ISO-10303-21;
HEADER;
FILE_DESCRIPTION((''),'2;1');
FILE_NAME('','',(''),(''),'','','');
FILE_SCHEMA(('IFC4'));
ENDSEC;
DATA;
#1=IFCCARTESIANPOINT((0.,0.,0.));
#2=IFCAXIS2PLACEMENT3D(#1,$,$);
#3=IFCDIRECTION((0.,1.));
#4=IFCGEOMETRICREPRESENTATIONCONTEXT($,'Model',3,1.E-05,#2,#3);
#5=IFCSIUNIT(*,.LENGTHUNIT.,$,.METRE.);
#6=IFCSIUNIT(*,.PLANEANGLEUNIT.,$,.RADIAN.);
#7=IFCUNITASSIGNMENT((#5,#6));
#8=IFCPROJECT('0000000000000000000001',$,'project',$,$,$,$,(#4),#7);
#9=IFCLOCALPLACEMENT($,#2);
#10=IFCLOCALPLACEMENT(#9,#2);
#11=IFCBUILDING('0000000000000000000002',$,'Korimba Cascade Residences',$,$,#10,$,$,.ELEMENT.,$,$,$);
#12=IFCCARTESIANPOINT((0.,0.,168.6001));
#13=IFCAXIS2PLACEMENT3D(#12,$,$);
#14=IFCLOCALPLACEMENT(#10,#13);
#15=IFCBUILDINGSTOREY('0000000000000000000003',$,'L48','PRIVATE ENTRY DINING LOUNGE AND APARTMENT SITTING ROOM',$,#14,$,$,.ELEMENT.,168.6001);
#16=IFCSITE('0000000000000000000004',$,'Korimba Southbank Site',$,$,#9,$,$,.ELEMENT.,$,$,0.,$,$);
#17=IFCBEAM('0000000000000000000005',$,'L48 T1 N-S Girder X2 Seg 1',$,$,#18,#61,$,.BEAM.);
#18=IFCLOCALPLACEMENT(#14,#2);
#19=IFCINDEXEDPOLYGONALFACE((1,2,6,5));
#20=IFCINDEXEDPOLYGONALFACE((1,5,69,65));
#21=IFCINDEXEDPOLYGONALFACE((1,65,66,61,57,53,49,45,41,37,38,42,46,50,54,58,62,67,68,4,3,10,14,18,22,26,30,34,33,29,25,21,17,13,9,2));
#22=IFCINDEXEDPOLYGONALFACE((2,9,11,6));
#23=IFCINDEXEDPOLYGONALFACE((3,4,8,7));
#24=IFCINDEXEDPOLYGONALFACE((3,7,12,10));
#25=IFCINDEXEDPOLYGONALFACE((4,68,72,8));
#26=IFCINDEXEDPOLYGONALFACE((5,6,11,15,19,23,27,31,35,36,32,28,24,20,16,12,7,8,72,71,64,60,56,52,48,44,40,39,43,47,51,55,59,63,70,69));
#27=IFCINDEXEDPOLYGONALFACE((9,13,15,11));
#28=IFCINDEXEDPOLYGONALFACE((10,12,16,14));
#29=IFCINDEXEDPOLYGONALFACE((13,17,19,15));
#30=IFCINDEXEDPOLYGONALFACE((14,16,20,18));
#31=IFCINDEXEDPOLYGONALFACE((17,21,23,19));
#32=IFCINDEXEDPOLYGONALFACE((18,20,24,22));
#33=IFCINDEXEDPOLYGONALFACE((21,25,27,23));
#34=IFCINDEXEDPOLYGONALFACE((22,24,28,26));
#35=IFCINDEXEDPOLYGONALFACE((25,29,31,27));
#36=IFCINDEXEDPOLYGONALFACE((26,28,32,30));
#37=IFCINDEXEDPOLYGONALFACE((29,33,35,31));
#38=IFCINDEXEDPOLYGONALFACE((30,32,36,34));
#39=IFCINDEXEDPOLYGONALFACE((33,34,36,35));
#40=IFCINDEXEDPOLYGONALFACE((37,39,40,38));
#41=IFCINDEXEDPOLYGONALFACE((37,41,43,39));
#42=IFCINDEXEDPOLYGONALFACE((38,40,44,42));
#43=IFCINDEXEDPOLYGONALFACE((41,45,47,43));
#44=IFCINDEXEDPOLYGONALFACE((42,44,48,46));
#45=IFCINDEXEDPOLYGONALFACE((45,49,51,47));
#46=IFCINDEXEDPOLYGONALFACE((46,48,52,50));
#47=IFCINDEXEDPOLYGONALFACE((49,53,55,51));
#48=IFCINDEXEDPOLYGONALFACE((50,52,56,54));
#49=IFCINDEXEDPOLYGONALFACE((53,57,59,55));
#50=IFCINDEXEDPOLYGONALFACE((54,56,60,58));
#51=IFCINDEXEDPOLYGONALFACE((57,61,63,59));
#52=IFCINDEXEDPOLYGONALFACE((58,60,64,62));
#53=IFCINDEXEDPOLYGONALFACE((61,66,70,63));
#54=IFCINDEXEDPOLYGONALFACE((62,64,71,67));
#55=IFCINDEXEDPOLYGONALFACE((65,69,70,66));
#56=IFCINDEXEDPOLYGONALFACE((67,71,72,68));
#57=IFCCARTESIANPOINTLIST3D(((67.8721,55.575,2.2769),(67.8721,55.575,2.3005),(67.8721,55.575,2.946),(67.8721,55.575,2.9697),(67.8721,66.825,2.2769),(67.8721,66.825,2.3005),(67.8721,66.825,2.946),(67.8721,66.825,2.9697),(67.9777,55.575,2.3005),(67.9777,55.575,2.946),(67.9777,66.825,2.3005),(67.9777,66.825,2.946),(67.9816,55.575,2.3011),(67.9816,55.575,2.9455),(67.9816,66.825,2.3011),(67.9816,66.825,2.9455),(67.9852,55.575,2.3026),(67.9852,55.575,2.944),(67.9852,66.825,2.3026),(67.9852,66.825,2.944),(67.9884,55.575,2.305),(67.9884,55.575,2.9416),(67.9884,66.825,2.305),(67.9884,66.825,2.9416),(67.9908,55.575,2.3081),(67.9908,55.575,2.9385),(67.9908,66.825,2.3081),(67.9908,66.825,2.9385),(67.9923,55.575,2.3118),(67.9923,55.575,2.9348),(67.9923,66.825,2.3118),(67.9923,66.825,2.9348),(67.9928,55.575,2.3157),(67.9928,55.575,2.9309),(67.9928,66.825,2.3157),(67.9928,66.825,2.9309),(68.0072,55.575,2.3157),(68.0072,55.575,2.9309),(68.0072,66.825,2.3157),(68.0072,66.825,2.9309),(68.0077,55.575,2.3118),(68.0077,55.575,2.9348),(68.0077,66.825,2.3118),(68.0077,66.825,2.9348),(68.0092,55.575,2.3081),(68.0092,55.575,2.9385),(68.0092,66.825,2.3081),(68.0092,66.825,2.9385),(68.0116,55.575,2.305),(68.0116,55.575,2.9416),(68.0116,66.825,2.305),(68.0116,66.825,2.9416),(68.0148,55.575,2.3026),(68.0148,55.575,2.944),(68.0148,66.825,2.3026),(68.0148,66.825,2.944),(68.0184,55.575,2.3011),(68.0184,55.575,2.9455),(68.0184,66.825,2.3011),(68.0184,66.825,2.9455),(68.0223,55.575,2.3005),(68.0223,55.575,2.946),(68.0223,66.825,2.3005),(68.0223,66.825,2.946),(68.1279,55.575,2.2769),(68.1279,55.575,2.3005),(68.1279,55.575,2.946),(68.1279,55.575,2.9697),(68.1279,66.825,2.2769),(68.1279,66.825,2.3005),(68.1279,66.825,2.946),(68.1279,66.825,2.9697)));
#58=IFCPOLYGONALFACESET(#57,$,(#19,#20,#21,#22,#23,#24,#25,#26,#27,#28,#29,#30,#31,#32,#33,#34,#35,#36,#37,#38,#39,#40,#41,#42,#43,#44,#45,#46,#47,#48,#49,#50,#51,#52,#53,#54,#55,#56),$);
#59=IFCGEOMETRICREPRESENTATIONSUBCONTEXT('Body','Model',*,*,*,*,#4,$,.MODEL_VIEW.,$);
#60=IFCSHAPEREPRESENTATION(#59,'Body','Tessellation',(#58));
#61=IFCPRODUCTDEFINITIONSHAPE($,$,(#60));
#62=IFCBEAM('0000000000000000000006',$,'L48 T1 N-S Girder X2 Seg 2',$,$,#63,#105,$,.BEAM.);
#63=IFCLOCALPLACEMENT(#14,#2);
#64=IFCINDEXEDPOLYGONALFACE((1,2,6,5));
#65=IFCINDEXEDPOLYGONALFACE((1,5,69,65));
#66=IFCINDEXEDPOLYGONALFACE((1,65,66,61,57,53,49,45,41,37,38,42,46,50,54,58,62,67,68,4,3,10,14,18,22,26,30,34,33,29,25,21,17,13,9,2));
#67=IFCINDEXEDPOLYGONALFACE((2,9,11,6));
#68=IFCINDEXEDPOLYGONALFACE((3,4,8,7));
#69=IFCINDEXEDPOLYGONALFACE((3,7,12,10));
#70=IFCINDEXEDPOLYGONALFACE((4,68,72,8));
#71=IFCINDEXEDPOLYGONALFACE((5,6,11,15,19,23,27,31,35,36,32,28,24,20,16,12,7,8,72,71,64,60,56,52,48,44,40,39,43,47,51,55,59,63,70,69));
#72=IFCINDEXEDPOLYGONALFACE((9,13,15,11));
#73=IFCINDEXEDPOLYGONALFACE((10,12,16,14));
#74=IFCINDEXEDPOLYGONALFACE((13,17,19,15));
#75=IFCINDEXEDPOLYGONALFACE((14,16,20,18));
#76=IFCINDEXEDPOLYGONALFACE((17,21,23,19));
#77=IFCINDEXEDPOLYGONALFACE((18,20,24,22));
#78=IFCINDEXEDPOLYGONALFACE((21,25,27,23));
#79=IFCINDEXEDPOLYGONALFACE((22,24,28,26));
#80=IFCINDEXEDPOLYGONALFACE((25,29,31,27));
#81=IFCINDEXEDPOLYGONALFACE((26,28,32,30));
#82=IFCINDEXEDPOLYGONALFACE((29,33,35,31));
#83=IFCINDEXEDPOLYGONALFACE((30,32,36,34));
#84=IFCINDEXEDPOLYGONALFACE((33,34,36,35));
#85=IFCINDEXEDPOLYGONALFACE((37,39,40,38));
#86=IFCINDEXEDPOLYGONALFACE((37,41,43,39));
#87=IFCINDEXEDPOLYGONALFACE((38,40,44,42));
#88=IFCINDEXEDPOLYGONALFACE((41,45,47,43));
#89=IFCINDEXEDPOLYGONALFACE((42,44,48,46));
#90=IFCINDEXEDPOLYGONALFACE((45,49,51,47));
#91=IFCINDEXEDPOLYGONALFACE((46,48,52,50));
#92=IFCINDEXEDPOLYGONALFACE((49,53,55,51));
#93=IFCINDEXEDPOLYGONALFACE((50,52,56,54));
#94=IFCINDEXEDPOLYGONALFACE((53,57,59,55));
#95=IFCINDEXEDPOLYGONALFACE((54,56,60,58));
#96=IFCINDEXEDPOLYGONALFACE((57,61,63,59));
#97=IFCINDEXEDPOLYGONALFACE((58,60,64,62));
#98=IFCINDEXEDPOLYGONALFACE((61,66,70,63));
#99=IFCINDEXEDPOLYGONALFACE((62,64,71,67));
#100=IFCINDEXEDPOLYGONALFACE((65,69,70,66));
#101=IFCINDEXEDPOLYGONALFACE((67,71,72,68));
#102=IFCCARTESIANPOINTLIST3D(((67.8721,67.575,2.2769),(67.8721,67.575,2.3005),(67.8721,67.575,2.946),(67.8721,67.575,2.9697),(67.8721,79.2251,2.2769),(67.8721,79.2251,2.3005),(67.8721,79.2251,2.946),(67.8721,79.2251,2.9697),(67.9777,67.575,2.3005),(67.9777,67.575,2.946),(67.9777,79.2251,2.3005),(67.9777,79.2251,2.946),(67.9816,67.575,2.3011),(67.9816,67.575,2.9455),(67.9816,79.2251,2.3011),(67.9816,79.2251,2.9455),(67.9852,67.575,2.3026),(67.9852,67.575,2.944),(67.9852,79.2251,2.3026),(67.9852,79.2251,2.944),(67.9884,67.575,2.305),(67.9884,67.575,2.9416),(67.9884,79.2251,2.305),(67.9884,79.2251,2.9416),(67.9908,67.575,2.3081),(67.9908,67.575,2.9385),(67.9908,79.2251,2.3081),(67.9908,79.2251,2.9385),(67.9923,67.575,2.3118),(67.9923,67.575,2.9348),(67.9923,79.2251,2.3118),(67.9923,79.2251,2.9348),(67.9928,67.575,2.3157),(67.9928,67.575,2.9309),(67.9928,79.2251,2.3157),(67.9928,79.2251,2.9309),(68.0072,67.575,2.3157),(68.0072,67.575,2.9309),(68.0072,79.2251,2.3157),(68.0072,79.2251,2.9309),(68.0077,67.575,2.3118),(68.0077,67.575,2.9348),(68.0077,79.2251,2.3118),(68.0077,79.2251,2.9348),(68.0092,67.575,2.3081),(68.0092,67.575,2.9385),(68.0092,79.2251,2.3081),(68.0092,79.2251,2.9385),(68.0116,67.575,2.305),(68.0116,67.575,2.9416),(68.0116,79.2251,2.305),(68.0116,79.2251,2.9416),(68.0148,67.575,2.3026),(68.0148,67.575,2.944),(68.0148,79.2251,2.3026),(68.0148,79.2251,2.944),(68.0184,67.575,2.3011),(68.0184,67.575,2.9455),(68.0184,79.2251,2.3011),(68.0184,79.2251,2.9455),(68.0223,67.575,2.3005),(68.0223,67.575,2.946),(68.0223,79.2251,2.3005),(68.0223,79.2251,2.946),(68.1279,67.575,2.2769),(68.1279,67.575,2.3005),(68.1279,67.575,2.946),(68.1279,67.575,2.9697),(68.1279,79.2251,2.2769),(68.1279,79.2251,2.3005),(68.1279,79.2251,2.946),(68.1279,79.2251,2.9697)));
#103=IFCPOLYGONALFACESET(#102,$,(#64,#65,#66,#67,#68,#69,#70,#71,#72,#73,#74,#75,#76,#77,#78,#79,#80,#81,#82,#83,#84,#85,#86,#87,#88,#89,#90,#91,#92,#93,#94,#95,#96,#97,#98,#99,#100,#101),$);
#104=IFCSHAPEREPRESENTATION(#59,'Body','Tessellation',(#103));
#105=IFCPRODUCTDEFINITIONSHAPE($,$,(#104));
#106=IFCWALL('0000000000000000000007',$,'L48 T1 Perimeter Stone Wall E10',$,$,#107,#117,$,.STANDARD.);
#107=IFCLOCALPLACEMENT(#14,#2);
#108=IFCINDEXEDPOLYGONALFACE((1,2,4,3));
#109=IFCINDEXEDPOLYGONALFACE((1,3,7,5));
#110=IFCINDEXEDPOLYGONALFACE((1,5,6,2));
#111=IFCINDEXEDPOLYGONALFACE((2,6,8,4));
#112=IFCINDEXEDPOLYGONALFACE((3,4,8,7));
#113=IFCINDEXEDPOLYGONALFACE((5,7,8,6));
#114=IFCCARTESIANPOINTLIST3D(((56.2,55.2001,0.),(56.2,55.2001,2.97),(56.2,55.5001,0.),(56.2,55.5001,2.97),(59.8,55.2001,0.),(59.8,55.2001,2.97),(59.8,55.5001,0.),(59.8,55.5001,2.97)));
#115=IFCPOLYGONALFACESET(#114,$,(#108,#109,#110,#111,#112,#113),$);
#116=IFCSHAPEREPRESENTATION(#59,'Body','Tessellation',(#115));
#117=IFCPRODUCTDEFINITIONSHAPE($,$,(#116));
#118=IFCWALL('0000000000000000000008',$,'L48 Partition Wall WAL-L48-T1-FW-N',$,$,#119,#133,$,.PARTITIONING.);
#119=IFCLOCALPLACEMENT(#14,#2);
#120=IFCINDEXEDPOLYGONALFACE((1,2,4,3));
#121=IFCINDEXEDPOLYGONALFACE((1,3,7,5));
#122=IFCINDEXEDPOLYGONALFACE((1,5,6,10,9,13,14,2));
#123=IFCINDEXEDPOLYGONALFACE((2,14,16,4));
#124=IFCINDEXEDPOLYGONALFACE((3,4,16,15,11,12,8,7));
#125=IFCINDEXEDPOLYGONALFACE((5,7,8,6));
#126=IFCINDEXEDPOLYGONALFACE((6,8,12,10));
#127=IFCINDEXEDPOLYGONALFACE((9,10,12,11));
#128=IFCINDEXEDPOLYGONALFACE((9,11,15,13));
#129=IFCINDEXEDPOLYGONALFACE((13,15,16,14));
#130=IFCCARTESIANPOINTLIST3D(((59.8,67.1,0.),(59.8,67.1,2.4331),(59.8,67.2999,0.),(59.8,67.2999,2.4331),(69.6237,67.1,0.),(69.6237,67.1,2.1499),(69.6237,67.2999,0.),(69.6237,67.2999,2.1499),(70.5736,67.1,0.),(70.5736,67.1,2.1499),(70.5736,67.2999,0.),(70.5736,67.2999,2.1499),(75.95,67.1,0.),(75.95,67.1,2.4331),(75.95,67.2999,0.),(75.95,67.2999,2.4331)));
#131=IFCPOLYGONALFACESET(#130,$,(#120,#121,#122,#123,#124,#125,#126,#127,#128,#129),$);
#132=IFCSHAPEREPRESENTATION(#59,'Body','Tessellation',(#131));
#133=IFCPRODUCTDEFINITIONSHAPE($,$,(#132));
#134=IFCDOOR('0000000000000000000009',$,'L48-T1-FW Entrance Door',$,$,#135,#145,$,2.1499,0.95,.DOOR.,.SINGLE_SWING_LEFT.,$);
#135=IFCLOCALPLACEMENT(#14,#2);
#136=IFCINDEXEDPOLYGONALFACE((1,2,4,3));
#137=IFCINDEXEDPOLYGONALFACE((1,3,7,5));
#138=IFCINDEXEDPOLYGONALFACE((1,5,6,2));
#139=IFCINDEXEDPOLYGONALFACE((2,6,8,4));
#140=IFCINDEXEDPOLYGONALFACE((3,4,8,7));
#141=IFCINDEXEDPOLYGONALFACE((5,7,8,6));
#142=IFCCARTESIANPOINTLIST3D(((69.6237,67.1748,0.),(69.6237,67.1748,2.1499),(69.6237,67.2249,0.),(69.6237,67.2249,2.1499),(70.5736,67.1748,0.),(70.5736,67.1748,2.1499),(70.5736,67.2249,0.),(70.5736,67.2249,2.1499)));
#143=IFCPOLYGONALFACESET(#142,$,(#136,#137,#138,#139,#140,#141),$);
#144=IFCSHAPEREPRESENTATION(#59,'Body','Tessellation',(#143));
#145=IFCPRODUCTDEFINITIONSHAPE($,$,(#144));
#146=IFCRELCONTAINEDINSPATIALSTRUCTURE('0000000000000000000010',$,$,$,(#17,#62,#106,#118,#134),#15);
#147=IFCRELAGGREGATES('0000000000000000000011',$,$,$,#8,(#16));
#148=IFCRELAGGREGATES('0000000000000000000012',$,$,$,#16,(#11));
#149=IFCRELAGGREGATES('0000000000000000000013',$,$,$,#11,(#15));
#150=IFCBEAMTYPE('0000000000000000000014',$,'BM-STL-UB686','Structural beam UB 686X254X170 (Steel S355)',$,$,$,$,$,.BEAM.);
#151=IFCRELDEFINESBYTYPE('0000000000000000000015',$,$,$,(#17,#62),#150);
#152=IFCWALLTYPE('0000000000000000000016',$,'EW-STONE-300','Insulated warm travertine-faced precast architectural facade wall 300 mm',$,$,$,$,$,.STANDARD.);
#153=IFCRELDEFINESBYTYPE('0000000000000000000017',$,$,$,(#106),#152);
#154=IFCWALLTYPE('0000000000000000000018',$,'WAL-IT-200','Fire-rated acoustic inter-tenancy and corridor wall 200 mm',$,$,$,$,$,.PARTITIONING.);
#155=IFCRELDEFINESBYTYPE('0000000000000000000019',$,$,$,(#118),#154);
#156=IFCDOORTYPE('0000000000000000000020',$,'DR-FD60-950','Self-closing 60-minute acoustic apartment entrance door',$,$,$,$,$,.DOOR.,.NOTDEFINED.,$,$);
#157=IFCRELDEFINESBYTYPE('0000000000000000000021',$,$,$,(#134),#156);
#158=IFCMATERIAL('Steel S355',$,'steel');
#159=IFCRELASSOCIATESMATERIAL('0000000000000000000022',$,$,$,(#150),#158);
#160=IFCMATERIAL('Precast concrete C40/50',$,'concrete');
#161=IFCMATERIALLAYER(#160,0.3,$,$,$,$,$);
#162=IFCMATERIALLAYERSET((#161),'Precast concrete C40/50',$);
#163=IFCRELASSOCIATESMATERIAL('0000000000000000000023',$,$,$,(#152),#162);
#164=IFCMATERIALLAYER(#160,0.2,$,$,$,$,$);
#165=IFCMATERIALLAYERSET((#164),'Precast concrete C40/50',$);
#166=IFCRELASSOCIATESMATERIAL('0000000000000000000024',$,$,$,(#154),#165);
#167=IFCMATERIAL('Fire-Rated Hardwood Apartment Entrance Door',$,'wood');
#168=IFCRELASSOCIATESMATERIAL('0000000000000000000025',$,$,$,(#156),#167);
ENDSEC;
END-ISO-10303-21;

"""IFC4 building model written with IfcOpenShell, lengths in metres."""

from ifc_helpers import new_model, si_unit, direction, frame, frame_2d, origin, origin_2d, place, context, subcontext, project, spatial, rectangle, i_section, extrude, material, layer, layer_set, material_profile, profile_set, type_object, element, fill, save


model = new_model("IFC4")

# Units and contexts
model_context = context("Model", 3, precision=1e-05, world=origin(), true_north=direction((0.0, 1.0)))
body_context = subcontext(model_context, "Body", "Model", "MODEL_VIEW")
ifc_project = project(units=[si_unit("LENGTHUNIT", "METRE"), si_unit("PLANEANGLEUNIT", "RADIAN")], contexts=[model_context])

# Site, building, storey
site_placement = place(None, origin())
site = spatial("IfcSite", under=ifc_project, at=site_placement, Name="Korimba Southbank Site", CompositionType="ELEMENT", RefElevation=0.0)
building_placement = place(site_placement, origin())
building = spatial("IfcBuilding", under=site, at=building_placement, Name="Korimba Cascade Residences", CompositionType="ELEMENT")
storey_placement = place(building_placement, frame((0.0, 0.0, 168.6001)))
storey = spatial("IfcBuildingStorey", under=building, at=storey_placement, Name="L48", Description="PRIVATE ENTRY DINING LOUNGE AND APARTMENT SITTING ROOM", CompositionType="ELEMENT", Elevation=168.6001)

# Beams
ifc_material_1 = material(Name="Steel S355", Category="steel")
ifc_material_profile_1 = material_profile(ifc_material_1, i_section(OverallWidth=0.2559, OverallDepth=0.6929, WebThickness=0.0144, FlangeThickness=0.0237, FilletRadius=0.0151, at=origin_2d()), Name="Steel S355")
ifc_profile_set_1 = profile_set([ifc_material_profile_1], Name="Steel S355")
beam_type_1 = type_object("IfcBeamType", Name="BM-STL-UB686", Description="Structural beam UB 686X254X170 (Steel S355)", PredefinedType="BEAM", material=ifc_profile_set_1)
beam_1_placement = place(storey_placement, frame((68.0, 55.575, 2.6233), z_axis=(0.0, 1.0, 0.0), x_axis=(-1.0, 0.0, 0.0)))
element("IfcBeam", 1, at=beam_1_placement, inside=storey, type_object=beam_type_1, Name="L48 T1 N-S Girder X2 Seg 1", PredefinedType="BEAM", context=body_context, shape_type="SweptSolid", body=[
    extrude(i_section(OverallWidth=0.2559, OverallDepth=0.6929, WebThickness=0.0144, FlangeThickness=0.0237, FilletRadius=0.0151, at=origin_2d()), origin(), (0.0, 0.0, 1.0), 11.25),
])
beam_2_placement = place(storey_placement, frame((68.0, 67.575, 2.6233), z_axis=(0.0, 1.0, 0.0), x_axis=(-1.0, 0.0, 0.0)))
element("IfcBeam", 2, at=beam_2_placement, inside=storey, type_object=beam_type_1, Name="L48 T1 N-S Girder X2 Seg 2", PredefinedType="BEAM", context=body_context, shape_type="SweptSolid", body=[
    extrude(i_section(OverallWidth=0.2559, OverallDepth=0.6929, WebThickness=0.0144, FlangeThickness=0.0237, FilletRadius=0.0151, at=origin_2d()), origin(), (0.0, 0.0, 1.0), 11.6501),
])

# Wall
ifc_material_2 = material(Name="Precast concrete C40/50", Category="concrete")
ifc_layer_1 = layer(ifc_material_2, 0.3)
ifc_layer_set_1 = layer_set([ifc_layer_1], Name="Precast concrete C40/50")
wall_type_1 = type_object("IfcWallType", Name="EW-STONE-300", Description="Insulated warm travertine-faced precast architectural facade wall 300 mm", PredefinedType="STANDARD", material=ifc_layer_set_1)
wall_1_placement = place(storey_placement, frame((56.2, 55.3501, 0.0), z_axis=(0.0, 0.0, 1.0), x_axis=(1.0, 0.0, 0.0)))
element("IfcWall", 3, at=wall_1_placement, inside=storey, type_object=wall_type_1, Name="L48 T1 Perimeter Stone Wall E10", PredefinedType="STANDARD", context=body_context, shape_type="SweptSolid", body=[
    extrude(rectangle(XDim=3.6001, YDim=0.3, at=frame_2d((1.8, 0.0))), origin(), (0.0, 0.0, 1.0), 2.97),
])

# Wall, opening, door
ifc_layer_2 = layer(ifc_material_2, 0.2)
ifc_layer_set_2 = layer_set([ifc_layer_2], Name="Precast concrete C40/50")
wall_type_2 = type_object("IfcWallType", Name="WAL-IT-200", Description="Fire-rated acoustic inter-tenancy and corridor wall 200 mm", PredefinedType="PARTITIONING", material=ifc_layer_set_2)
wall_2_placement = place(storey_placement, frame((59.8, 67.2, 0.0), z_axis=(0.0, 0.0, 1.0), x_axis=(1.0, 0.0, 0.0)))
wall_2 = element("IfcWall", 4, at=wall_2_placement, inside=storey, type_object=wall_type_2, Name="L48 Partition Wall WAL-L48-T1-FW-N", PredefinedType="PARTITIONING", context=body_context, shape_type="SweptSolid", body=[
    extrude(rectangle(XDim=16.1499, YDim=0.2, at=frame_2d((8.075, 0.0))), origin(), (0.0, 0.0, 1.0), 2.4331),
])
opening_1_placement = place(wall_2_placement, frame((9.8235, 0.0, 0.0)))
opening_1 = element("IfcOpeningElement", 5, at=opening_1_placement, cuts=wall_2, PredefinedType="OPENING", context=body_context, shape_type="SweptSolid", body=[
    extrude(rectangle(XDim=0.95, YDim=2.1499, at=frame_2d((0.4751, 1.075))), frame((0.0, 0.1099, 0.0), z_axis=(0.0, -1.0, 0.0), x_axis=(1.0, 0.0, 0.0)), (0.0, 0.0, 1.0), 0.22),
])
ifc_material_3 = material(Name="Fire-Rated Hardwood Apartment Entrance Door", Category="wood")
door_type_1 = type_object("IfcDoorType", Name="DR-FD60-950", Description="Self-closing 60-minute acoustic apartment entrance door", OperationType="NOTDEFINED", PredefinedType="DOOR", material=ifc_material_3)
door_1_placement = place(opening_1_placement, origin())
door_1 = element("IfcDoor", 6, at=door_1_placement, inside=storey, type_object=door_type_1, Name="L48-T1-FW Entrance Door", OperationType="SINGLE_SWING_LEFT", OverallHeight=2.1499, OverallWidth=0.95, PredefinedType="DOOR", context=body_context, shape_type="SweptSolid", body=[
    extrude(rectangle(XDim=0.95, YDim=2.1499, at=frame_2d((0.4751, 1.075))), frame((0.0, 0.0249, 0.0), z_axis=(0.0, -1.0, 0.0), x_axis=(1.0, 0.0, 0.0)), (0.0, 0.0, 1.0), 0.05),
])
fill(opening_1, door_1)

save(model, "model.ifc")
